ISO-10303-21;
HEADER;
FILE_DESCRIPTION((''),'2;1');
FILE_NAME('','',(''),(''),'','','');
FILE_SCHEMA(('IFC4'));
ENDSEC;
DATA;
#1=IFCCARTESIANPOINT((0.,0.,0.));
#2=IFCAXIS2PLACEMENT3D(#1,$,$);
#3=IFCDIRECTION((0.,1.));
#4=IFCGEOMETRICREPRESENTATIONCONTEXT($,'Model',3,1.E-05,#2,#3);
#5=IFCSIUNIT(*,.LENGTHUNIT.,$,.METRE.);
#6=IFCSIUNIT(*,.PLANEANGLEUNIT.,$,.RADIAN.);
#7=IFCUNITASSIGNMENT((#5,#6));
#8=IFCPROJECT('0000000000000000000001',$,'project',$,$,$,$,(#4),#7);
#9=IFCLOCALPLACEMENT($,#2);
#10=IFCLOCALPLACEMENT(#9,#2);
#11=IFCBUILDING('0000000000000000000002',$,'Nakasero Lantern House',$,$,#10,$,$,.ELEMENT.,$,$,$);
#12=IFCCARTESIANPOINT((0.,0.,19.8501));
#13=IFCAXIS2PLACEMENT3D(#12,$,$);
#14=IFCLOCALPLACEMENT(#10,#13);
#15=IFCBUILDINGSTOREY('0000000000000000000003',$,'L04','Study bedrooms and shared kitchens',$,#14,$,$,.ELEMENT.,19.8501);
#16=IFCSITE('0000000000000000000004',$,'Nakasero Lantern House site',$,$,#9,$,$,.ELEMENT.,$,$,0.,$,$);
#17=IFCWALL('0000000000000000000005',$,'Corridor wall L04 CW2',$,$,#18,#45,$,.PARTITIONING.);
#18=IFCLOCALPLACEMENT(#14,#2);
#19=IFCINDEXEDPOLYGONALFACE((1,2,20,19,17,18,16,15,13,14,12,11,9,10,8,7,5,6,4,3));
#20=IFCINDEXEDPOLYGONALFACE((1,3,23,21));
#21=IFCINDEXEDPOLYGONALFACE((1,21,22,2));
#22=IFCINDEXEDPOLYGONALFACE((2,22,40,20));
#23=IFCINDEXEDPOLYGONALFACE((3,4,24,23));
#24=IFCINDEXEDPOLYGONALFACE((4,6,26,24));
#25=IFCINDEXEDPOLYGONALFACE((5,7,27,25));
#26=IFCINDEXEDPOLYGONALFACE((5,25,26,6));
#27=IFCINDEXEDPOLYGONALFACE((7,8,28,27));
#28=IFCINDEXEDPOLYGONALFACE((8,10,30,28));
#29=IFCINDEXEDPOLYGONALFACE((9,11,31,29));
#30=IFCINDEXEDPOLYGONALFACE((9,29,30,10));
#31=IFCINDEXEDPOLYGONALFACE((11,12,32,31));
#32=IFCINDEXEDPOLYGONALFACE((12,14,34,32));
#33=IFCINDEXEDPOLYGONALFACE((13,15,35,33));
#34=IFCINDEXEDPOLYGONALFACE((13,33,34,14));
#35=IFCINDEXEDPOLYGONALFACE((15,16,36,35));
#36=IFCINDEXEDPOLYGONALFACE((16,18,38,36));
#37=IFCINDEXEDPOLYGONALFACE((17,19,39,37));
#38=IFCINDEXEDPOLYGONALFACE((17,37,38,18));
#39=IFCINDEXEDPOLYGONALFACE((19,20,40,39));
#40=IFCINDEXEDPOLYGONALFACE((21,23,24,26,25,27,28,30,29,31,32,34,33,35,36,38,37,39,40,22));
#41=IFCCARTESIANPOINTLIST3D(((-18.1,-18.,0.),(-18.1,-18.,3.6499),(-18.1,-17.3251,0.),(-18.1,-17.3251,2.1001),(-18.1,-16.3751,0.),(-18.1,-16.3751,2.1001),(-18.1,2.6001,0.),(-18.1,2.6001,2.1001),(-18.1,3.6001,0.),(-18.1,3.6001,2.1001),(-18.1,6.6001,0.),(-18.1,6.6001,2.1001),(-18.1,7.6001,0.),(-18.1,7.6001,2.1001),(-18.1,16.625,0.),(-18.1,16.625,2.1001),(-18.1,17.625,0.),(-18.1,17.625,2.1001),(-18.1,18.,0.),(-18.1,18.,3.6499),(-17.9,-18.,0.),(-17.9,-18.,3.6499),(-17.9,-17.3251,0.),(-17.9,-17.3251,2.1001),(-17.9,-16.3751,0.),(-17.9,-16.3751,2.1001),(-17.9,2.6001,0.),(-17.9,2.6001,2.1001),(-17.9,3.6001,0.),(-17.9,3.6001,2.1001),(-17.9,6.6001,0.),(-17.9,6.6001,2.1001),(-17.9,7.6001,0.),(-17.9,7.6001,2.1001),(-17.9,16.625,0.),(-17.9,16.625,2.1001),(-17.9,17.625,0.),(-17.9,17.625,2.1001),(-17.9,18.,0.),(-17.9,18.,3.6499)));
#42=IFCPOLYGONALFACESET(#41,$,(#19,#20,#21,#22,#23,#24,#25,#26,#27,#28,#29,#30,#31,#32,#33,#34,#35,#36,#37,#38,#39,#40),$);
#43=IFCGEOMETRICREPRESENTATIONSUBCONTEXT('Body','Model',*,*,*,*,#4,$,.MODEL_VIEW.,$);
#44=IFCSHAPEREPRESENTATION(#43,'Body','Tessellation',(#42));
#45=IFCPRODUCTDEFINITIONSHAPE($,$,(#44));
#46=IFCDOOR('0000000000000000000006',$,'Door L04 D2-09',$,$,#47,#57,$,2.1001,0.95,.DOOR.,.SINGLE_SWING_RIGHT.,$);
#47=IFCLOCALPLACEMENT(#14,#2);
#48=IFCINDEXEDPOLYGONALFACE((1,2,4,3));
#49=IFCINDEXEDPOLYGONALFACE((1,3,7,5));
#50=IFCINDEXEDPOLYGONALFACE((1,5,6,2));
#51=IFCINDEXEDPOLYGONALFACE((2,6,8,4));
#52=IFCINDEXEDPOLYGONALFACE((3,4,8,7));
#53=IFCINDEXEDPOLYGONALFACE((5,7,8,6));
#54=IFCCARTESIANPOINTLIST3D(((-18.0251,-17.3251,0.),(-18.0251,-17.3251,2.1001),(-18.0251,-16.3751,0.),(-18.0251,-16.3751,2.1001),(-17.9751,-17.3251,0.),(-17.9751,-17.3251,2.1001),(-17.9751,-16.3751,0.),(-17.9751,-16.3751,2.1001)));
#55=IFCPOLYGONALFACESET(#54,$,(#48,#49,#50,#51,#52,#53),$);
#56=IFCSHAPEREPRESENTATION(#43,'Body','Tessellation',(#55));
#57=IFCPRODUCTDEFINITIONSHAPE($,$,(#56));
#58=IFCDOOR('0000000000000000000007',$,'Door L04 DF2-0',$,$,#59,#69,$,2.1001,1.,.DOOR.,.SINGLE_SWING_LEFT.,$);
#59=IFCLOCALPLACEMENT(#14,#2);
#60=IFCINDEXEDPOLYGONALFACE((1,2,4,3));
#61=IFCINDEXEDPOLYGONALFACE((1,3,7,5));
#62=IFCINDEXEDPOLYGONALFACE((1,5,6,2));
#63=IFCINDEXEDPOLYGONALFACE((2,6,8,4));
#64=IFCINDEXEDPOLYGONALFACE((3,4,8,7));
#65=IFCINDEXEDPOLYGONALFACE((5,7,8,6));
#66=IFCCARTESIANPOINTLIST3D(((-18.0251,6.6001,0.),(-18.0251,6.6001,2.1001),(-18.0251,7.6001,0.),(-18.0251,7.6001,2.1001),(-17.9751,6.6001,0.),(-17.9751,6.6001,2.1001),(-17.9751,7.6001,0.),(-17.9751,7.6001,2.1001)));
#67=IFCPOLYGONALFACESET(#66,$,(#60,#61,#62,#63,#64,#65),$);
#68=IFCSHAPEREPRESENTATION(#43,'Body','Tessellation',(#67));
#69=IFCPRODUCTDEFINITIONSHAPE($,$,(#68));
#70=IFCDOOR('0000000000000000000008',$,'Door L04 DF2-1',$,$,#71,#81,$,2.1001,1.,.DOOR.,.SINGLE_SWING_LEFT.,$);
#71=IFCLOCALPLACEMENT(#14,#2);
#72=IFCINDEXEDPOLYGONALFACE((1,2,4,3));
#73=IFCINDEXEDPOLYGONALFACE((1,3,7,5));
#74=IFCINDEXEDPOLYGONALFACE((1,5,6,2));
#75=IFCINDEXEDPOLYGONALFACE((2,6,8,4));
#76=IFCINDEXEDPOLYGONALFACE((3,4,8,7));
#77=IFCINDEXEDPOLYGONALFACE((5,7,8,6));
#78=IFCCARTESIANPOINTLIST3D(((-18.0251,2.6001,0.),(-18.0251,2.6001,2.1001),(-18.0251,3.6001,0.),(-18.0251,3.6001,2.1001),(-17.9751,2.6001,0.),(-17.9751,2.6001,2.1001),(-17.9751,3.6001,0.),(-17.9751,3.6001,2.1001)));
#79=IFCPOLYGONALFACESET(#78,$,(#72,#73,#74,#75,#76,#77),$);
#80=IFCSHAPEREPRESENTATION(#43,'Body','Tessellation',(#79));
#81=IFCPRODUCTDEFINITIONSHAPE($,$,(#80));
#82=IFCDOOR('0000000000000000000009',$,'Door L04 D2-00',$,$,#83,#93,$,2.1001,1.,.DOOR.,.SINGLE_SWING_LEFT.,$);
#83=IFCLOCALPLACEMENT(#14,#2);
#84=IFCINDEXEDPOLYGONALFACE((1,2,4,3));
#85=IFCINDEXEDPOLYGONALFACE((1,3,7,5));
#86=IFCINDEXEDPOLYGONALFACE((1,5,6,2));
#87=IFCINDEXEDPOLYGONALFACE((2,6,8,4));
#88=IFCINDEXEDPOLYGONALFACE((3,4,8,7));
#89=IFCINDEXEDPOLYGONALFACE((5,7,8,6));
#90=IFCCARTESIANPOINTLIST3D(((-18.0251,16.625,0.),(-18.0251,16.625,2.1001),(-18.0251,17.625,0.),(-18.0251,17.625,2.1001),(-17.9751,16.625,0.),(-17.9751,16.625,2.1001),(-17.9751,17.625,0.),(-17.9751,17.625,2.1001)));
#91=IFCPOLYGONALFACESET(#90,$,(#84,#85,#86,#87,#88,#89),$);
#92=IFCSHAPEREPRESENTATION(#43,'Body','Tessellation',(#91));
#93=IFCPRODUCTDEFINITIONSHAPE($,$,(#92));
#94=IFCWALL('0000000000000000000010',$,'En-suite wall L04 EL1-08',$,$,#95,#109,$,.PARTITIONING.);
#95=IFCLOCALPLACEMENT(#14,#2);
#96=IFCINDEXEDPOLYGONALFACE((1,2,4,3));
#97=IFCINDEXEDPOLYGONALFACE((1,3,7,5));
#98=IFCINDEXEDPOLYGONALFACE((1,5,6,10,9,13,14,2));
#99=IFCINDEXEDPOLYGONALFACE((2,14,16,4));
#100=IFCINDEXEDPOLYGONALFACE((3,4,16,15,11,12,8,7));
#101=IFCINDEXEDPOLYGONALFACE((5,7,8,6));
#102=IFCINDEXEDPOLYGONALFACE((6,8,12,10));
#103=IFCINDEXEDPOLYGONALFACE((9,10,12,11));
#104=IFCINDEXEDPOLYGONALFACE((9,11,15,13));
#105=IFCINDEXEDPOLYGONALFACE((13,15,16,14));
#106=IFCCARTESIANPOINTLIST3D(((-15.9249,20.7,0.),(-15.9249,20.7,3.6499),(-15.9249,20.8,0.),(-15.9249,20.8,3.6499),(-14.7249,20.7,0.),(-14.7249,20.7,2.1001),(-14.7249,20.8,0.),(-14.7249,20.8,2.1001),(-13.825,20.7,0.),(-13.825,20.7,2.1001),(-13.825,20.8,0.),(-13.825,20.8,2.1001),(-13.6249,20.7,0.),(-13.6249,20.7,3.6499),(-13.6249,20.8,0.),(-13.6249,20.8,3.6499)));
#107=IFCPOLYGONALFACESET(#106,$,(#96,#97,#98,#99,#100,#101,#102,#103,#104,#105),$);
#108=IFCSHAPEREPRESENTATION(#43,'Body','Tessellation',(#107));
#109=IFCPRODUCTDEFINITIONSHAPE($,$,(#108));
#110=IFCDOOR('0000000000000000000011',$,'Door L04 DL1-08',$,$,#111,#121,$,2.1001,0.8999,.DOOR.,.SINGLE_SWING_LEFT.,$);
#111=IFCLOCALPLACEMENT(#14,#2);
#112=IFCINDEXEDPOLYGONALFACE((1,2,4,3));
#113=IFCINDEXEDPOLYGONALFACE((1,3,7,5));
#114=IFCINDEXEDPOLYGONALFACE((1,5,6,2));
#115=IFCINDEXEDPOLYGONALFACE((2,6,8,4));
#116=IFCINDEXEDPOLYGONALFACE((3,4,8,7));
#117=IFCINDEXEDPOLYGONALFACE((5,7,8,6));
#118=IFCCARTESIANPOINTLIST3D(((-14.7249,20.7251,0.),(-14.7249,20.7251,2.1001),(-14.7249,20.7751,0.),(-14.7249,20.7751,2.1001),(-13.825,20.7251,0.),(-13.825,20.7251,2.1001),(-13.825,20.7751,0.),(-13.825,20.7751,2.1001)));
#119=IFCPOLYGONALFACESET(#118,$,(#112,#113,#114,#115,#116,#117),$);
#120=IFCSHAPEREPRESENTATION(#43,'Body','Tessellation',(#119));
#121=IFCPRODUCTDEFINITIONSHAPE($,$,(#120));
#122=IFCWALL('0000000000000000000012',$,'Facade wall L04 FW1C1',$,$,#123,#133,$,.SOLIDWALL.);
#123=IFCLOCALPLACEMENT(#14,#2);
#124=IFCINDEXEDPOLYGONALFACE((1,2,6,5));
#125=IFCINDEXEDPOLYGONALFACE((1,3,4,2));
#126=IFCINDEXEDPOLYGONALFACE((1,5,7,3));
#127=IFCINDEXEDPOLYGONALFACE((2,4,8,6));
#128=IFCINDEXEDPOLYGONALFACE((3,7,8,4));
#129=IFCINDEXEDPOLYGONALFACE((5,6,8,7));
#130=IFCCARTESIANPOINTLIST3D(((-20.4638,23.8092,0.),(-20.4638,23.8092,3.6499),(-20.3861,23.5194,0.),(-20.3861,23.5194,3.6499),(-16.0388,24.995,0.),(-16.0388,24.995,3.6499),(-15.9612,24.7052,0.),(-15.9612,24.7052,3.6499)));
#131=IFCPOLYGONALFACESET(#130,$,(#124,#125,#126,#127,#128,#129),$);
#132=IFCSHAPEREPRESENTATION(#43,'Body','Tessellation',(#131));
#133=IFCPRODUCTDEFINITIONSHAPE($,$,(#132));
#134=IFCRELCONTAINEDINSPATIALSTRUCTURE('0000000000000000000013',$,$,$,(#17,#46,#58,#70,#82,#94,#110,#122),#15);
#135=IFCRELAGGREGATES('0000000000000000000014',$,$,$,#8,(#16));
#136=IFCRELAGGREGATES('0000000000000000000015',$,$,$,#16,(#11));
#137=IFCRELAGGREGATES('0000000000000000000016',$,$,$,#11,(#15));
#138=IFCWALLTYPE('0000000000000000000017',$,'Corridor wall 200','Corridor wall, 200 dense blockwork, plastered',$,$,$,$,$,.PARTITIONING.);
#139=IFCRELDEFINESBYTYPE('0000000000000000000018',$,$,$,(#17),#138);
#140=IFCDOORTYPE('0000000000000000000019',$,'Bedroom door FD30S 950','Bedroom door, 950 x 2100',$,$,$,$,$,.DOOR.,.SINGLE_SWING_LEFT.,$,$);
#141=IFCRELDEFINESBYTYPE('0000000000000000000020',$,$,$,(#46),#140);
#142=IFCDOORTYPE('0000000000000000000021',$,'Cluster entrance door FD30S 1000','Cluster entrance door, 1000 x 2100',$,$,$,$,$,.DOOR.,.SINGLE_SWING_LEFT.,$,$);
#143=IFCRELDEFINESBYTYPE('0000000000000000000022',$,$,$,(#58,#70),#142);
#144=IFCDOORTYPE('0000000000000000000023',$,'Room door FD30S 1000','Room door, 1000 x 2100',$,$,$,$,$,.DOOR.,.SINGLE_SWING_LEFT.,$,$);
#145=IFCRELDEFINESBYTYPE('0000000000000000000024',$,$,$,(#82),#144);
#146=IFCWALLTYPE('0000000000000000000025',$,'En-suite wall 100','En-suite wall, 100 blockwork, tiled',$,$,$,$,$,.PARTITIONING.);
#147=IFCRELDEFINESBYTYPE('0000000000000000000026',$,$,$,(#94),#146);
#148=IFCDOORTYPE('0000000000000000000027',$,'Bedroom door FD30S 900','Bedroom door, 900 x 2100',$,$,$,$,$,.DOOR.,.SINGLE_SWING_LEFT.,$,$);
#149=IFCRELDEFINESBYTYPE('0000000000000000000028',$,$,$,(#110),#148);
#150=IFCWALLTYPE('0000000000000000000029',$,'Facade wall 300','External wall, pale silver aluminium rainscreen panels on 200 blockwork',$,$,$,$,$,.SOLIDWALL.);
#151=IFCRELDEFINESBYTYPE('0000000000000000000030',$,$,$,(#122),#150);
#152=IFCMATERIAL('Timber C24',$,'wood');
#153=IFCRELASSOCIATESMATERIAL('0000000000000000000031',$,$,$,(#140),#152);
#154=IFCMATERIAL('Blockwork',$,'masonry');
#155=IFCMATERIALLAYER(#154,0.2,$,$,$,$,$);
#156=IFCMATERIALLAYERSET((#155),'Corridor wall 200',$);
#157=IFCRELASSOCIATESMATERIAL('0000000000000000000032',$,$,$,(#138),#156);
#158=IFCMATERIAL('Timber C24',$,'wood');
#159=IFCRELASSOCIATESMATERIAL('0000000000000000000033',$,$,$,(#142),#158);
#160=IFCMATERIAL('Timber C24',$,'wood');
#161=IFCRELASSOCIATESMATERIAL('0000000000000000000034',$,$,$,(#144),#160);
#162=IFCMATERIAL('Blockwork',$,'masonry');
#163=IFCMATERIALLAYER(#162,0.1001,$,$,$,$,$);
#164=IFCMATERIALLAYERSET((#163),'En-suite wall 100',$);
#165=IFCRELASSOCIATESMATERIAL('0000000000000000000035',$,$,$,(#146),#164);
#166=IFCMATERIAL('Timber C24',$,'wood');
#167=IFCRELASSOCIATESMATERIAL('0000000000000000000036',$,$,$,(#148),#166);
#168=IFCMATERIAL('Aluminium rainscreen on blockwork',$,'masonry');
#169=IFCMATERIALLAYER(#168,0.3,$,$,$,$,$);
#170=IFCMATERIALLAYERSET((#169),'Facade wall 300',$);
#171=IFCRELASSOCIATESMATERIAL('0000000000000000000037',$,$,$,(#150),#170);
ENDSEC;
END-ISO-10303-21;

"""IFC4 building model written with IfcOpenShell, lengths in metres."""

from ifc_helpers import new_model, si_unit, direction, frame, frame_2d, origin, place, context, subcontext, project, spatial, rectangle, extrude, material, layer, layer_set, type_object, element, fill, save


model = new_model("IFC4")

# Units and contexts
model_context = context("Model", 3, precision=1e-05, world=origin(), true_north=direction((0.0, 1.0)))
body_context = subcontext(model_context, "Body", "Model", "MODEL_VIEW")
ifc_project = project(units=[si_unit("LENGTHUNIT", "METRE"), si_unit("PLANEANGLEUNIT", "RADIAN")], contexts=[model_context])

# Site, building, storey
site_placement = place(None, origin())
site = spatial("IfcSite", under=ifc_project, at=site_placement, Name="Nakasero Lantern House site", CompositionType="ELEMENT", RefElevation=0.0)
building_placement = place(site_placement, origin())
building = spatial("IfcBuilding", under=site, at=building_placement, Name="Nakasero Lantern House", CompositionType="ELEMENT")
storey_placement = place(building_placement, frame((0.0, 0.0, 19.8501)))
storey = spatial("IfcBuildingStorey", under=building, at=storey_placement, Name="L04", Description="Study bedrooms and shared kitchens", CompositionType="ELEMENT", Elevation=19.8501)

# Wall, openings, doors
ifc_material_1 = material(Name="Timber C24", Category="wood")
door_type_1 = type_object("IfcDoorType", Name="Bedroom door FD30S 950", Description="Bedroom door, 950 x 2100", OperationType="SINGLE_SWING_LEFT", PredefinedType="DOOR", material=ifc_material_1)
ifc_material_2 = material(Name="Blockwork", Category="masonry")
ifc_layer_1 = layer(ifc_material_2, 0.2)
ifc_layer_set_1 = layer_set([ifc_layer_1], Name="Corridor wall 200")
wall_type_1 = type_object("IfcWallType", Name="Corridor wall 200", Description="Corridor wall, 200 dense blockwork, plastered", PredefinedType="PARTITIONING", material=ifc_layer_set_1)
wall_1_placement = place(storey_placement, frame((-18.0, 18.0, 0.0), z_axis=(0.0, 0.0, 1.0), x_axis=(0.0, -1.0, 0.0)))
wall_1 = element("IfcWall", 1, at=wall_1_placement, inside=storey, type_object=wall_type_1, Name="Corridor wall L04 CW2", PredefinedType="PARTITIONING", context=body_context, shape_type="SweptSolid", body=[
    extrude(rectangle(XDim=36.0, YDim=0.2, at=frame_2d((18.0, 0.0))), origin(), (0.0, 0.0, 1.0), 3.6499),
])
opening_1_placement = place(wall_1_placement, frame((10.3999, 0.0, 0.0)))
opening_1 = element("IfcOpeningElement", 2, at=opening_1_placement, cuts=wall_1, PredefinedType="OPENING", context=body_context, shape_type="SweptSolid", body=[
    extrude(rectangle(XDim=1.0, YDim=2.1001, at=frame_2d((0.5, 1.05))), frame((0.0, 0.1199, 0.0), z_axis=(0.0, -1.0, 0.0), x_axis=(1.0, 0.0, 0.0)), (0.0, 0.0, 1.0), 0.24),
])
opening_2_placement = place(wall_1_placement, frame((14.3999, 0.0, 0.0)))
opening_2 = element("IfcOpeningElement", 3, at=opening_2_placement, cuts=wall_1, PredefinedType="OPENING", context=body_context, shape_type="SweptSolid", body=[
    extrude(rectangle(XDim=1.0, YDim=2.1001, at=frame_2d((0.5, 1.05))), frame((0.0, 0.1199, 0.0), z_axis=(0.0, -1.0, 0.0), x_axis=(1.0, 0.0, 0.0)), (0.0, 0.0, 1.0), 0.24),
])
opening_3_placement = place(wall_1_placement, frame((0.375, 0.0, 0.0)))
opening_3 = element("IfcOpeningElement", 4, at=opening_3_placement, cuts=wall_1, PredefinedType="OPENING", context=body_context, shape_type="SweptSolid", body=[
    extrude(rectangle(XDim=1.0, YDim=2.1001, at=frame_2d((0.5, 1.05))), frame((0.0, 0.1199, 0.0), z_axis=(0.0, -1.0, 0.0), x_axis=(1.0, 0.0, 0.0)), (0.0, 0.0, 1.0), 0.24),
])
opening_4_placement = place(wall_1_placement, frame((34.375, 0.0, 0.0)))
opening_4 = element("IfcOpeningElement", 5, at=opening_4_placement, cuts=wall_1, PredefinedType="OPENING", context=body_context, shape_type="SweptSolid", body=[
    extrude(rectangle(XDim=0.95, YDim=2.1001, at=frame_2d((0.4751, 1.05))), frame((0.0, 0.1199, 0.0), z_axis=(0.0, -1.0, 0.0), x_axis=(1.0, 0.0, 0.0)), (0.0, 0.0, 1.0), 0.24),
])
door_1_placement = place(opening_4_placement, origin())
door_1 = element("IfcDoor", 6, at=door_1_placement, inside=storey, type_object=door_type_1, Name="Door L04 D2-09", OperationType="SINGLE_SWING_RIGHT", OverallHeight=2.1001, OverallWidth=0.95, PredefinedType="DOOR", context=body_context, shape_type="SweptSolid", body=[
    extrude(rectangle(XDim=0.95, YDim=2.1001, at=frame_2d((0.4751, 1.05))), frame((0.0, 0.0249, 0.0), z_axis=(0.0, -1.0, 0.0), x_axis=(1.0, 0.0, 0.0)), (0.0, 0.0, 1.0), 0.05),
])
fill(opening_4, door_1)
ifc_material_3 = material(Name="Timber C24", Category="wood")
door_type_2 = type_object("IfcDoorType", Name="Cluster entrance door FD30S 1000", Description="Cluster entrance door, 1000 x 2100", OperationType="SINGLE_SWING_LEFT", PredefinedType="DOOR", material=ifc_material_3)
door_2_placement = place(opening_1_placement, origin())
door_2 = element("IfcDoor", 7, at=door_2_placement, inside=storey, type_object=door_type_2, Name="Door L04 DF2-0", OperationType="SINGLE_SWING_LEFT", OverallHeight=2.1001, OverallWidth=1.0, PredefinedType="DOOR", context=body_context, shape_type="SweptSolid", body=[
    extrude(rectangle(XDim=1.0, YDim=2.1001, at=frame_2d((0.5, 1.05))), frame((0.0, 0.0249, 0.0), z_axis=(0.0, -1.0, 0.0), x_axis=(1.0, 0.0, 0.0)), (0.0, 0.0, 1.0), 0.05),
])
fill(opening_1, door_2)
door_3_placement = place(opening_2_placement, origin())
door_3 = element("IfcDoor", 8, at=door_3_placement, inside=storey, type_object=door_type_2, Name="Door L04 DF2-1", OperationType="SINGLE_SWING_LEFT", OverallHeight=2.1001, OverallWidth=1.0, PredefinedType="DOOR", context=body_context, shape_type="SweptSolid", body=[
    extrude(rectangle(XDim=1.0, YDim=2.1001, at=frame_2d((0.5, 1.05))), frame((0.0, 0.0249, 0.0), z_axis=(0.0, -1.0, 0.0), x_axis=(1.0, 0.0, 0.0)), (0.0, 0.0, 1.0), 0.05),
])
fill(opening_2, door_3)
ifc_material_4 = material(Name="Timber C24", Category="wood")
door_type_3 = type_object("IfcDoorType", Name="Room door FD30S 1000", Description="Room door, 1000 x 2100", OperationType="SINGLE_SWING_LEFT", PredefinedType="DOOR", material=ifc_material_4)
door_4_placement = place(opening_3_placement, origin())
door_4 = element("IfcDoor", 9, at=door_4_placement, inside=storey, type_object=door_type_3, Name="Door L04 D2-00", OperationType="SINGLE_SWING_LEFT", OverallHeight=2.1001, OverallWidth=1.0, PredefinedType="DOOR", context=body_context, shape_type="SweptSolid", body=[
    extrude(rectangle(XDim=1.0, YDim=2.1001, at=frame_2d((0.5, 1.05))), frame((0.0, 0.0249, 0.0), z_axis=(0.0, -1.0, 0.0), x_axis=(1.0, 0.0, 0.0)), (0.0, 0.0, 1.0), 0.05),
])
fill(opening_3, door_4)

# Wall, opening, door
ifc_material_5 = material(Name="Blockwork", Category="masonry")
ifc_layer_2 = layer(ifc_material_5, 0.1001)
ifc_layer_set_2 = layer_set([ifc_layer_2], Name="En-suite wall 100")
wall_type_2 = type_object("IfcWallType", Name="En-suite wall 100", Description="En-suite wall, 100 blockwork, tiled", PredefinedType="PARTITIONING", material=ifc_layer_set_2)
wall_2_placement = place(storey_placement, frame((-13.625, 20.75, 0.0), z_axis=(0.0, 0.0, 1.0), x_axis=(-1.0, 0.0, 0.0)))
wall_2 = element("IfcWall", 10, at=wall_2_placement, inside=storey, type_object=wall_type_2, Name="En-suite wall L04 EL1-08", PredefinedType="PARTITIONING", context=body_context, shape_type="SweptSolid", body=[
    extrude(rectangle(XDim=2.3, YDim=0.1001, at=frame_2d((1.1499, 0.0))), origin(), (0.0, 0.0, 1.0), 3.6499),
])
opening_5_placement = place(wall_2_placement, frame((0.2, 0.0, 0.0)))
opening_5 = element("IfcOpeningElement", 11, at=opening_5_placement, cuts=wall_2, PredefinedType="OPENING", context=body_context, shape_type="SweptSolid", body=[
    extrude(rectangle(XDim=0.8999, YDim=2.1001, at=frame_2d((0.45, 1.05))), frame((0.0, 0.0701, 0.0), z_axis=(0.0, -1.0, 0.0), x_axis=(1.0, 0.0, 0.0)), (0.0, 0.0, 1.0), 0.1401),
])
ifc_material_6 = material(Name="Timber C24", Category="wood")
door_type_4 = type_object("IfcDoorType", Name="Bedroom door FD30S 900", Description="Bedroom door, 900 x 2100", OperationType="SINGLE_SWING_LEFT", PredefinedType="DOOR", material=ifc_material_6)
door_5_placement = place(opening_5_placement, origin())
door_5 = element("IfcDoor", 12, at=door_5_placement, inside=storey, type_object=door_type_4, Name="Door L04 DL1-08", OperationType="SINGLE_SWING_LEFT", OverallHeight=2.1001, OverallWidth=0.8999, PredefinedType="DOOR", context=body_context, shape_type="SweptSolid", body=[
    extrude(rectangle(XDim=0.8999, YDim=2.1001, at=frame_2d((0.45, 1.05))), frame((0.0, 0.0249, 0.0), z_axis=(0.0, -1.0, 0.0), x_axis=(1.0, 0.0, 0.0)), (0.0, 0.0, 1.0), 0.05),
])
fill(opening_5, door_5)

# Wall
ifc_material_7 = material(Name="Aluminium rainscreen on blockwork", Category="masonry")
ifc_layer_3 = layer(ifc_material_7, 0.3)
ifc_layer_set_3 = layer_set([ifc_layer_3], Name="Facade wall 300")
wall_type_3 = type_object("IfcWallType", Name="Facade wall 300", Description="External wall, pale silver aluminium rainscreen panels on 200 blockwork", PredefinedType="SOLIDWALL", material=ifc_layer_set_3)
wall_3_placement = place(storey_placement, frame((-16.0, 24.8501, 0.0), z_axis=(0.0, 0.0, 1.0), x_axis=(-0.96592, -0.25884, 0.0)))
element("IfcWall", 13, at=wall_3_placement, inside=storey, type_object=wall_type_3, Name="Facade wall L04 FW1C1", PredefinedType="SOLIDWALL", context=body_context, shape_type="SweptSolid", body=[
    extrude(rectangle(XDim=4.5811, YDim=0.3, at=frame_2d((2.2905, 0.0))), origin(), (0.0, 0.0, 1.0), 3.6499),
])

save(model, "model.ifc")
